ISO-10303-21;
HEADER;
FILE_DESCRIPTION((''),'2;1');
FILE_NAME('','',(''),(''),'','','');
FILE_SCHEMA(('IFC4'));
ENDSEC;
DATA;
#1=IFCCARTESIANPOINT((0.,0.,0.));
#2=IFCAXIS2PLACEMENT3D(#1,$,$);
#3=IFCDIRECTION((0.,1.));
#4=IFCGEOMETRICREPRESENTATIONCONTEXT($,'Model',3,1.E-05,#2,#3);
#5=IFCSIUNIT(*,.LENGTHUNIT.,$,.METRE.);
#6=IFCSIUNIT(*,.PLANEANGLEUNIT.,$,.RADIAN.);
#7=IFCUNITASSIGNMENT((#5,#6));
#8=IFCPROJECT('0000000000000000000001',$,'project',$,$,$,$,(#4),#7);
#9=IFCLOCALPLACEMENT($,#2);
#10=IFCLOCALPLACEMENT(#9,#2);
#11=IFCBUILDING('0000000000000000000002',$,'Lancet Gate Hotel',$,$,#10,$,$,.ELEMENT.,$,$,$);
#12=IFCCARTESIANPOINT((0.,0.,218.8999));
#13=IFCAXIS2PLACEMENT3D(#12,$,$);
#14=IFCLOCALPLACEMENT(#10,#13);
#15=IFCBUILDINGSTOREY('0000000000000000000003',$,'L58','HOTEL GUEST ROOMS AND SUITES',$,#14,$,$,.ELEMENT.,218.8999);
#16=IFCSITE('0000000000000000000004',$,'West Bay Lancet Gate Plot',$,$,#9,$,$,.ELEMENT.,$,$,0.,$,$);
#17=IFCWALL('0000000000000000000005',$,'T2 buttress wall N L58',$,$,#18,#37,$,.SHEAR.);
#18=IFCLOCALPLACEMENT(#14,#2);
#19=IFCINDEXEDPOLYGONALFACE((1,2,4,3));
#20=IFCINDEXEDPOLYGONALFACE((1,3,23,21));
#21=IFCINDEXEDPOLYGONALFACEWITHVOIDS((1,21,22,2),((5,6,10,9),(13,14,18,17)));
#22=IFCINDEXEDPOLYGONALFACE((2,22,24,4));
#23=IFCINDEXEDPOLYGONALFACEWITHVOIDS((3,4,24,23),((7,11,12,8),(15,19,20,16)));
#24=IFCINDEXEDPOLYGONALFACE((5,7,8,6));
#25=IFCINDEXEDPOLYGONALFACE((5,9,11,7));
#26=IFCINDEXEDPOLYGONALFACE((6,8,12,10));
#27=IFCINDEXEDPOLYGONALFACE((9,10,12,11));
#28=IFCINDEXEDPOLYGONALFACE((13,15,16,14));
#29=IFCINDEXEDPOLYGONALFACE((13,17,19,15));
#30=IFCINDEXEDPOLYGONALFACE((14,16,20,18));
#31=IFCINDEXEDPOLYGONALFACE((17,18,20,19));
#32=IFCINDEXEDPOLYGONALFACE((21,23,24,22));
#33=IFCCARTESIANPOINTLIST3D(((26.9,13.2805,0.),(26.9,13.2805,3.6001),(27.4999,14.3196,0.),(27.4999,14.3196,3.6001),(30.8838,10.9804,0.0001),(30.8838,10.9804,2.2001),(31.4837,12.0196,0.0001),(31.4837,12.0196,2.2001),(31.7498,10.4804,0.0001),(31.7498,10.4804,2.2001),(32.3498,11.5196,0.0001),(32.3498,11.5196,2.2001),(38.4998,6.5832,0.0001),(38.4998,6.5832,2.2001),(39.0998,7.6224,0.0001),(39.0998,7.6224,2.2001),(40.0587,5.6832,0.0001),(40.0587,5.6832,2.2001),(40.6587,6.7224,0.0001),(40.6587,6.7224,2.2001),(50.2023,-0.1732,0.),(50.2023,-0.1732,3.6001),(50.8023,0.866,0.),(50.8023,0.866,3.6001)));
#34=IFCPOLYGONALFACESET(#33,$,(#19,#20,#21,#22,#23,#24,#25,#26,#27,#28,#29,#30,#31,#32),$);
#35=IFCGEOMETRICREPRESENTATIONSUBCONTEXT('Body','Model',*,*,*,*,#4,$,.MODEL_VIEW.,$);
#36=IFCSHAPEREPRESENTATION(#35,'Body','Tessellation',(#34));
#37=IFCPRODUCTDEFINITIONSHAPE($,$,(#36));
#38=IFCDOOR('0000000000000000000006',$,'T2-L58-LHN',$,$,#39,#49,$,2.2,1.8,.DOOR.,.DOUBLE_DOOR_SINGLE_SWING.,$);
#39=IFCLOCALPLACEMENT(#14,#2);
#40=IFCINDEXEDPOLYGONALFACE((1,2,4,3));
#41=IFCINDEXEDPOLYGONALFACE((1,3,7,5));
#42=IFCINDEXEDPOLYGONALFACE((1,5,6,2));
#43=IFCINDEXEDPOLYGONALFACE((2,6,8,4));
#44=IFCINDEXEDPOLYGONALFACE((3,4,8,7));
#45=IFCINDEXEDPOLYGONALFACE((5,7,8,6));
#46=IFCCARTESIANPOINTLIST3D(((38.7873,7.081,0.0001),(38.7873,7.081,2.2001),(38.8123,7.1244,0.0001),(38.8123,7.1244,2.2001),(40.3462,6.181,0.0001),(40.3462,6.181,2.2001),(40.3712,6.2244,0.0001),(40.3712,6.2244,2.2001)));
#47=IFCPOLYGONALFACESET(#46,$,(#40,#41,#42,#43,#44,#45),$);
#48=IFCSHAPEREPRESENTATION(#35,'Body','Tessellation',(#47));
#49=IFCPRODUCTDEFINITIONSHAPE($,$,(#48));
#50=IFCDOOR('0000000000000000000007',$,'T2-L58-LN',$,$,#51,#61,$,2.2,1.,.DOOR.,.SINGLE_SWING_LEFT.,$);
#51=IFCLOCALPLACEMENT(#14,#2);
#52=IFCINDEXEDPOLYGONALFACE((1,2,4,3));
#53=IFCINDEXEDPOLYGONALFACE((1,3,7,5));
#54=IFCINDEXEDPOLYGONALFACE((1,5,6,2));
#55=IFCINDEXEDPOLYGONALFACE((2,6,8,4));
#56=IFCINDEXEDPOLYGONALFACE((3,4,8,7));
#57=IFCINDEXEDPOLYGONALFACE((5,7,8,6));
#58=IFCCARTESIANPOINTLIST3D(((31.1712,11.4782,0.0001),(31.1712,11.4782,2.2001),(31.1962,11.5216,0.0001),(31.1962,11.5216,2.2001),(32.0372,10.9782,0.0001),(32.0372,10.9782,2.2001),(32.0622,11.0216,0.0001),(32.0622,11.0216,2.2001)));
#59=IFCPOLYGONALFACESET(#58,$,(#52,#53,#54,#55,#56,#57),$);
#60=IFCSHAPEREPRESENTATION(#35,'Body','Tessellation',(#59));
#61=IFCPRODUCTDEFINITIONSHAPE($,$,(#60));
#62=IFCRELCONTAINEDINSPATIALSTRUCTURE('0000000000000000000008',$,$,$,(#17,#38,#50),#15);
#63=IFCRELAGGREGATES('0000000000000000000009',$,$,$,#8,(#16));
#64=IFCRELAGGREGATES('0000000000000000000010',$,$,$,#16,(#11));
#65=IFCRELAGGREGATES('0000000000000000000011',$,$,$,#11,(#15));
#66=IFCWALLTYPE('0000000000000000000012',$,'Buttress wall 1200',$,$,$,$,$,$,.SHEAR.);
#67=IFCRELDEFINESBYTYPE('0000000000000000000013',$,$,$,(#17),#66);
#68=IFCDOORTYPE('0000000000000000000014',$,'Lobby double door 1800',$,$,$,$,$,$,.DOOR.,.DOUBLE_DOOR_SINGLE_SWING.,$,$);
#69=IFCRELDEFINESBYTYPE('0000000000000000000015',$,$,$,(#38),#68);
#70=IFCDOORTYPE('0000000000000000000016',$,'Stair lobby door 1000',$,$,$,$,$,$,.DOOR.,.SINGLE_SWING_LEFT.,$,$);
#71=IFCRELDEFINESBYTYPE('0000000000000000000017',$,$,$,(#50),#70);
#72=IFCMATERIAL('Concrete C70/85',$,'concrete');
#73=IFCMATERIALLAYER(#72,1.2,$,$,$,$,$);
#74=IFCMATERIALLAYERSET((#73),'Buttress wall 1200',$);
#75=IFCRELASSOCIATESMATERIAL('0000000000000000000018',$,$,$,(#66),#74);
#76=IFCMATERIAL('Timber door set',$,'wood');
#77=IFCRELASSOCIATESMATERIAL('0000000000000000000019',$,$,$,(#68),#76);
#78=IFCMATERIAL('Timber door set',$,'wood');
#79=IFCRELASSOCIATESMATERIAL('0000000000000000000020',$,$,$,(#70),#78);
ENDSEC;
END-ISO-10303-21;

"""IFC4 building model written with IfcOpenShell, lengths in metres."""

from ifc_helpers import new_model, si_unit, direction, frame, frame_2d, origin, place, context, subcontext, project, spatial, rectangle, extrude, material, layer, layer_set, type_object, element, fill, save


model = new_model("IFC4")

# Units and contexts
model_context = context("Model", 3, precision=1e-05, world=origin(), true_north=direction((0.0, 1.0)))
body_context = subcontext(model_context, "Body", "Model", "MODEL_VIEW")
ifc_project = project(units=[si_unit("LENGTHUNIT", "METRE"), si_unit("PLANEANGLEUNIT", "RADIAN")], contexts=[model_context])

# Site, building, storey
site_placement = place(None, origin())
site = spatial("IfcSite", under=ifc_project, at=site_placement, Name="West Bay Lancet Gate Plot", CompositionType="ELEMENT", RefElevation=0.0)
building_placement = place(site_placement, origin())
building = spatial("IfcBuilding", under=site, at=building_placement, Name="Lancet Gate Hotel", CompositionType="ELEMENT")
storey_placement = place(building_placement, frame((0.0, 0.0, 218.8999)))
storey = spatial("IfcBuildingStorey", under=building, at=storey_placement, Name="L58", Description="HOTEL GUEST ROOMS AND SUITES", CompositionType="ELEMENT", Elevation=218.8999)

# Wall, openings, doors
ifc_material_1 = material(Name="Concrete C70/85", Category="concrete")
ifc_layer_1 = layer(ifc_material_1, 1.2)
ifc_layer_set_1 = layer_set([ifc_layer_1], Name="Buttress wall 1200")
wall_type = type_object("IfcWallType", Name="Buttress wall 1200", PredefinedType="SHEAR", material=ifc_layer_set_1)
wall_placement = place(storey_placement, frame((27.2, 13.8, 0.0), z_axis=(0.0, 0.0, 1.0), x_axis=(0.866025, -0.500002, 0.0)))
wall = element("IfcWall", 1, at=wall_placement, inside=storey, type_object=wall_type, Name="T2 buttress wall N L58", PredefinedType="SHEAR", context=body_context, shape_type="SweptSolid", body=[
    extrude(rectangle(XDim=26.9072, YDim=1.2, at=frame_2d((13.4536, 0.0))), origin(), (0.0, 0.0, 1.0), 3.6001),
])
opening_1_placement = place(wall_placement, frame((4.6001, 0.0, 0.0)))
opening_1 = element("IfcOpeningElement", 2, at=opening_1_placement, cuts=wall, PredefinedType="OPENING", context=body_context, shape_type="SweptSolid", body=[
    extrude(rectangle(XDim=1.0, YDim=2.2, at=frame_2d((0.5, 1.1001))), frame((0.0, 0.6099, 0.0), z_axis=(0.0, -1.0, 0.0), x_axis=(1.0, 0.0, 0.0)), (0.0, 0.0, 1.0), 1.22),
])
opening_2_placement = place(wall_placement, frame((13.3945, 0.0, 0.0)))
opening_2 = element("IfcOpeningElement", 3, at=opening_2_placement, cuts=wall, PredefinedType="OPENING", context=body_context, shape_type="SweptSolid", body=[
    extrude(rectangle(XDim=1.8, YDim=2.2, at=frame_2d((0.8999, 1.1001))), frame((0.0, 0.6099, 0.0), z_axis=(0.0, -1.0, 0.0), x_axis=(1.0, 0.0, 0.0)), (0.0, 0.0, 1.0), 1.22),
])
ifc_material_2 = material(Name="Timber door set", Category="wood")
door_type_1 = type_object("IfcDoorType", Name="Lobby double door 1800", OperationType="DOUBLE_DOOR_SINGLE_SWING", PredefinedType="DOOR", material=ifc_material_2)
door_1_placement = place(opening_2_placement, origin())
door_1 = element("IfcDoor", 4, at=door_1_placement, inside=storey, type_object=door_type_1, Name="T2-L58-LHN", OperationType="DOUBLE_DOOR_SINGLE_SWING", OverallHeight=2.2, OverallWidth=1.8, PredefinedType="DOOR", context=body_context, shape_type="SweptSolid", body=[
    extrude(rectangle(XDim=1.8, YDim=2.2, at=frame_2d((0.8999, 1.1001))), frame((0.0, 0.0249, 0.0), z_axis=(0.0, -1.0, 0.0), x_axis=(1.0, 0.0, 0.0)), (0.0, 0.0, 1.0), 0.05),
])
fill(opening_2, door_1)
ifc_material_3 = material(Name="Timber door set", Category="wood")
door_type_2 = type_object("IfcDoorType", Name="Stair lobby door 1000", OperationType="SINGLE_SWING_LEFT", PredefinedType="DOOR", material=ifc_material_3)
door_2_placement = place(opening_1_placement, origin())
door_2 = element("IfcDoor", 5, at=door_2_placement, inside=storey, type_object=door_type_2, Name="T2-L58-LN", OperationType="SINGLE_SWING_LEFT", OverallHeight=2.2, OverallWidth=1.0, PredefinedType="DOOR", context=body_context, shape_type="SweptSolid", body=[
    extrude(rectangle(XDim=1.0, YDim=2.2, at=frame_2d((0.5, 1.1001))), frame((0.0, 0.0249, 0.0), z_axis=(0.0, -1.0, 0.0), x_axis=(1.0, 0.0, 0.0)), (0.0, 0.0, 1.0), 0.05),
])
fill(opening_1, door_2)

save(model, "model.ifc")
